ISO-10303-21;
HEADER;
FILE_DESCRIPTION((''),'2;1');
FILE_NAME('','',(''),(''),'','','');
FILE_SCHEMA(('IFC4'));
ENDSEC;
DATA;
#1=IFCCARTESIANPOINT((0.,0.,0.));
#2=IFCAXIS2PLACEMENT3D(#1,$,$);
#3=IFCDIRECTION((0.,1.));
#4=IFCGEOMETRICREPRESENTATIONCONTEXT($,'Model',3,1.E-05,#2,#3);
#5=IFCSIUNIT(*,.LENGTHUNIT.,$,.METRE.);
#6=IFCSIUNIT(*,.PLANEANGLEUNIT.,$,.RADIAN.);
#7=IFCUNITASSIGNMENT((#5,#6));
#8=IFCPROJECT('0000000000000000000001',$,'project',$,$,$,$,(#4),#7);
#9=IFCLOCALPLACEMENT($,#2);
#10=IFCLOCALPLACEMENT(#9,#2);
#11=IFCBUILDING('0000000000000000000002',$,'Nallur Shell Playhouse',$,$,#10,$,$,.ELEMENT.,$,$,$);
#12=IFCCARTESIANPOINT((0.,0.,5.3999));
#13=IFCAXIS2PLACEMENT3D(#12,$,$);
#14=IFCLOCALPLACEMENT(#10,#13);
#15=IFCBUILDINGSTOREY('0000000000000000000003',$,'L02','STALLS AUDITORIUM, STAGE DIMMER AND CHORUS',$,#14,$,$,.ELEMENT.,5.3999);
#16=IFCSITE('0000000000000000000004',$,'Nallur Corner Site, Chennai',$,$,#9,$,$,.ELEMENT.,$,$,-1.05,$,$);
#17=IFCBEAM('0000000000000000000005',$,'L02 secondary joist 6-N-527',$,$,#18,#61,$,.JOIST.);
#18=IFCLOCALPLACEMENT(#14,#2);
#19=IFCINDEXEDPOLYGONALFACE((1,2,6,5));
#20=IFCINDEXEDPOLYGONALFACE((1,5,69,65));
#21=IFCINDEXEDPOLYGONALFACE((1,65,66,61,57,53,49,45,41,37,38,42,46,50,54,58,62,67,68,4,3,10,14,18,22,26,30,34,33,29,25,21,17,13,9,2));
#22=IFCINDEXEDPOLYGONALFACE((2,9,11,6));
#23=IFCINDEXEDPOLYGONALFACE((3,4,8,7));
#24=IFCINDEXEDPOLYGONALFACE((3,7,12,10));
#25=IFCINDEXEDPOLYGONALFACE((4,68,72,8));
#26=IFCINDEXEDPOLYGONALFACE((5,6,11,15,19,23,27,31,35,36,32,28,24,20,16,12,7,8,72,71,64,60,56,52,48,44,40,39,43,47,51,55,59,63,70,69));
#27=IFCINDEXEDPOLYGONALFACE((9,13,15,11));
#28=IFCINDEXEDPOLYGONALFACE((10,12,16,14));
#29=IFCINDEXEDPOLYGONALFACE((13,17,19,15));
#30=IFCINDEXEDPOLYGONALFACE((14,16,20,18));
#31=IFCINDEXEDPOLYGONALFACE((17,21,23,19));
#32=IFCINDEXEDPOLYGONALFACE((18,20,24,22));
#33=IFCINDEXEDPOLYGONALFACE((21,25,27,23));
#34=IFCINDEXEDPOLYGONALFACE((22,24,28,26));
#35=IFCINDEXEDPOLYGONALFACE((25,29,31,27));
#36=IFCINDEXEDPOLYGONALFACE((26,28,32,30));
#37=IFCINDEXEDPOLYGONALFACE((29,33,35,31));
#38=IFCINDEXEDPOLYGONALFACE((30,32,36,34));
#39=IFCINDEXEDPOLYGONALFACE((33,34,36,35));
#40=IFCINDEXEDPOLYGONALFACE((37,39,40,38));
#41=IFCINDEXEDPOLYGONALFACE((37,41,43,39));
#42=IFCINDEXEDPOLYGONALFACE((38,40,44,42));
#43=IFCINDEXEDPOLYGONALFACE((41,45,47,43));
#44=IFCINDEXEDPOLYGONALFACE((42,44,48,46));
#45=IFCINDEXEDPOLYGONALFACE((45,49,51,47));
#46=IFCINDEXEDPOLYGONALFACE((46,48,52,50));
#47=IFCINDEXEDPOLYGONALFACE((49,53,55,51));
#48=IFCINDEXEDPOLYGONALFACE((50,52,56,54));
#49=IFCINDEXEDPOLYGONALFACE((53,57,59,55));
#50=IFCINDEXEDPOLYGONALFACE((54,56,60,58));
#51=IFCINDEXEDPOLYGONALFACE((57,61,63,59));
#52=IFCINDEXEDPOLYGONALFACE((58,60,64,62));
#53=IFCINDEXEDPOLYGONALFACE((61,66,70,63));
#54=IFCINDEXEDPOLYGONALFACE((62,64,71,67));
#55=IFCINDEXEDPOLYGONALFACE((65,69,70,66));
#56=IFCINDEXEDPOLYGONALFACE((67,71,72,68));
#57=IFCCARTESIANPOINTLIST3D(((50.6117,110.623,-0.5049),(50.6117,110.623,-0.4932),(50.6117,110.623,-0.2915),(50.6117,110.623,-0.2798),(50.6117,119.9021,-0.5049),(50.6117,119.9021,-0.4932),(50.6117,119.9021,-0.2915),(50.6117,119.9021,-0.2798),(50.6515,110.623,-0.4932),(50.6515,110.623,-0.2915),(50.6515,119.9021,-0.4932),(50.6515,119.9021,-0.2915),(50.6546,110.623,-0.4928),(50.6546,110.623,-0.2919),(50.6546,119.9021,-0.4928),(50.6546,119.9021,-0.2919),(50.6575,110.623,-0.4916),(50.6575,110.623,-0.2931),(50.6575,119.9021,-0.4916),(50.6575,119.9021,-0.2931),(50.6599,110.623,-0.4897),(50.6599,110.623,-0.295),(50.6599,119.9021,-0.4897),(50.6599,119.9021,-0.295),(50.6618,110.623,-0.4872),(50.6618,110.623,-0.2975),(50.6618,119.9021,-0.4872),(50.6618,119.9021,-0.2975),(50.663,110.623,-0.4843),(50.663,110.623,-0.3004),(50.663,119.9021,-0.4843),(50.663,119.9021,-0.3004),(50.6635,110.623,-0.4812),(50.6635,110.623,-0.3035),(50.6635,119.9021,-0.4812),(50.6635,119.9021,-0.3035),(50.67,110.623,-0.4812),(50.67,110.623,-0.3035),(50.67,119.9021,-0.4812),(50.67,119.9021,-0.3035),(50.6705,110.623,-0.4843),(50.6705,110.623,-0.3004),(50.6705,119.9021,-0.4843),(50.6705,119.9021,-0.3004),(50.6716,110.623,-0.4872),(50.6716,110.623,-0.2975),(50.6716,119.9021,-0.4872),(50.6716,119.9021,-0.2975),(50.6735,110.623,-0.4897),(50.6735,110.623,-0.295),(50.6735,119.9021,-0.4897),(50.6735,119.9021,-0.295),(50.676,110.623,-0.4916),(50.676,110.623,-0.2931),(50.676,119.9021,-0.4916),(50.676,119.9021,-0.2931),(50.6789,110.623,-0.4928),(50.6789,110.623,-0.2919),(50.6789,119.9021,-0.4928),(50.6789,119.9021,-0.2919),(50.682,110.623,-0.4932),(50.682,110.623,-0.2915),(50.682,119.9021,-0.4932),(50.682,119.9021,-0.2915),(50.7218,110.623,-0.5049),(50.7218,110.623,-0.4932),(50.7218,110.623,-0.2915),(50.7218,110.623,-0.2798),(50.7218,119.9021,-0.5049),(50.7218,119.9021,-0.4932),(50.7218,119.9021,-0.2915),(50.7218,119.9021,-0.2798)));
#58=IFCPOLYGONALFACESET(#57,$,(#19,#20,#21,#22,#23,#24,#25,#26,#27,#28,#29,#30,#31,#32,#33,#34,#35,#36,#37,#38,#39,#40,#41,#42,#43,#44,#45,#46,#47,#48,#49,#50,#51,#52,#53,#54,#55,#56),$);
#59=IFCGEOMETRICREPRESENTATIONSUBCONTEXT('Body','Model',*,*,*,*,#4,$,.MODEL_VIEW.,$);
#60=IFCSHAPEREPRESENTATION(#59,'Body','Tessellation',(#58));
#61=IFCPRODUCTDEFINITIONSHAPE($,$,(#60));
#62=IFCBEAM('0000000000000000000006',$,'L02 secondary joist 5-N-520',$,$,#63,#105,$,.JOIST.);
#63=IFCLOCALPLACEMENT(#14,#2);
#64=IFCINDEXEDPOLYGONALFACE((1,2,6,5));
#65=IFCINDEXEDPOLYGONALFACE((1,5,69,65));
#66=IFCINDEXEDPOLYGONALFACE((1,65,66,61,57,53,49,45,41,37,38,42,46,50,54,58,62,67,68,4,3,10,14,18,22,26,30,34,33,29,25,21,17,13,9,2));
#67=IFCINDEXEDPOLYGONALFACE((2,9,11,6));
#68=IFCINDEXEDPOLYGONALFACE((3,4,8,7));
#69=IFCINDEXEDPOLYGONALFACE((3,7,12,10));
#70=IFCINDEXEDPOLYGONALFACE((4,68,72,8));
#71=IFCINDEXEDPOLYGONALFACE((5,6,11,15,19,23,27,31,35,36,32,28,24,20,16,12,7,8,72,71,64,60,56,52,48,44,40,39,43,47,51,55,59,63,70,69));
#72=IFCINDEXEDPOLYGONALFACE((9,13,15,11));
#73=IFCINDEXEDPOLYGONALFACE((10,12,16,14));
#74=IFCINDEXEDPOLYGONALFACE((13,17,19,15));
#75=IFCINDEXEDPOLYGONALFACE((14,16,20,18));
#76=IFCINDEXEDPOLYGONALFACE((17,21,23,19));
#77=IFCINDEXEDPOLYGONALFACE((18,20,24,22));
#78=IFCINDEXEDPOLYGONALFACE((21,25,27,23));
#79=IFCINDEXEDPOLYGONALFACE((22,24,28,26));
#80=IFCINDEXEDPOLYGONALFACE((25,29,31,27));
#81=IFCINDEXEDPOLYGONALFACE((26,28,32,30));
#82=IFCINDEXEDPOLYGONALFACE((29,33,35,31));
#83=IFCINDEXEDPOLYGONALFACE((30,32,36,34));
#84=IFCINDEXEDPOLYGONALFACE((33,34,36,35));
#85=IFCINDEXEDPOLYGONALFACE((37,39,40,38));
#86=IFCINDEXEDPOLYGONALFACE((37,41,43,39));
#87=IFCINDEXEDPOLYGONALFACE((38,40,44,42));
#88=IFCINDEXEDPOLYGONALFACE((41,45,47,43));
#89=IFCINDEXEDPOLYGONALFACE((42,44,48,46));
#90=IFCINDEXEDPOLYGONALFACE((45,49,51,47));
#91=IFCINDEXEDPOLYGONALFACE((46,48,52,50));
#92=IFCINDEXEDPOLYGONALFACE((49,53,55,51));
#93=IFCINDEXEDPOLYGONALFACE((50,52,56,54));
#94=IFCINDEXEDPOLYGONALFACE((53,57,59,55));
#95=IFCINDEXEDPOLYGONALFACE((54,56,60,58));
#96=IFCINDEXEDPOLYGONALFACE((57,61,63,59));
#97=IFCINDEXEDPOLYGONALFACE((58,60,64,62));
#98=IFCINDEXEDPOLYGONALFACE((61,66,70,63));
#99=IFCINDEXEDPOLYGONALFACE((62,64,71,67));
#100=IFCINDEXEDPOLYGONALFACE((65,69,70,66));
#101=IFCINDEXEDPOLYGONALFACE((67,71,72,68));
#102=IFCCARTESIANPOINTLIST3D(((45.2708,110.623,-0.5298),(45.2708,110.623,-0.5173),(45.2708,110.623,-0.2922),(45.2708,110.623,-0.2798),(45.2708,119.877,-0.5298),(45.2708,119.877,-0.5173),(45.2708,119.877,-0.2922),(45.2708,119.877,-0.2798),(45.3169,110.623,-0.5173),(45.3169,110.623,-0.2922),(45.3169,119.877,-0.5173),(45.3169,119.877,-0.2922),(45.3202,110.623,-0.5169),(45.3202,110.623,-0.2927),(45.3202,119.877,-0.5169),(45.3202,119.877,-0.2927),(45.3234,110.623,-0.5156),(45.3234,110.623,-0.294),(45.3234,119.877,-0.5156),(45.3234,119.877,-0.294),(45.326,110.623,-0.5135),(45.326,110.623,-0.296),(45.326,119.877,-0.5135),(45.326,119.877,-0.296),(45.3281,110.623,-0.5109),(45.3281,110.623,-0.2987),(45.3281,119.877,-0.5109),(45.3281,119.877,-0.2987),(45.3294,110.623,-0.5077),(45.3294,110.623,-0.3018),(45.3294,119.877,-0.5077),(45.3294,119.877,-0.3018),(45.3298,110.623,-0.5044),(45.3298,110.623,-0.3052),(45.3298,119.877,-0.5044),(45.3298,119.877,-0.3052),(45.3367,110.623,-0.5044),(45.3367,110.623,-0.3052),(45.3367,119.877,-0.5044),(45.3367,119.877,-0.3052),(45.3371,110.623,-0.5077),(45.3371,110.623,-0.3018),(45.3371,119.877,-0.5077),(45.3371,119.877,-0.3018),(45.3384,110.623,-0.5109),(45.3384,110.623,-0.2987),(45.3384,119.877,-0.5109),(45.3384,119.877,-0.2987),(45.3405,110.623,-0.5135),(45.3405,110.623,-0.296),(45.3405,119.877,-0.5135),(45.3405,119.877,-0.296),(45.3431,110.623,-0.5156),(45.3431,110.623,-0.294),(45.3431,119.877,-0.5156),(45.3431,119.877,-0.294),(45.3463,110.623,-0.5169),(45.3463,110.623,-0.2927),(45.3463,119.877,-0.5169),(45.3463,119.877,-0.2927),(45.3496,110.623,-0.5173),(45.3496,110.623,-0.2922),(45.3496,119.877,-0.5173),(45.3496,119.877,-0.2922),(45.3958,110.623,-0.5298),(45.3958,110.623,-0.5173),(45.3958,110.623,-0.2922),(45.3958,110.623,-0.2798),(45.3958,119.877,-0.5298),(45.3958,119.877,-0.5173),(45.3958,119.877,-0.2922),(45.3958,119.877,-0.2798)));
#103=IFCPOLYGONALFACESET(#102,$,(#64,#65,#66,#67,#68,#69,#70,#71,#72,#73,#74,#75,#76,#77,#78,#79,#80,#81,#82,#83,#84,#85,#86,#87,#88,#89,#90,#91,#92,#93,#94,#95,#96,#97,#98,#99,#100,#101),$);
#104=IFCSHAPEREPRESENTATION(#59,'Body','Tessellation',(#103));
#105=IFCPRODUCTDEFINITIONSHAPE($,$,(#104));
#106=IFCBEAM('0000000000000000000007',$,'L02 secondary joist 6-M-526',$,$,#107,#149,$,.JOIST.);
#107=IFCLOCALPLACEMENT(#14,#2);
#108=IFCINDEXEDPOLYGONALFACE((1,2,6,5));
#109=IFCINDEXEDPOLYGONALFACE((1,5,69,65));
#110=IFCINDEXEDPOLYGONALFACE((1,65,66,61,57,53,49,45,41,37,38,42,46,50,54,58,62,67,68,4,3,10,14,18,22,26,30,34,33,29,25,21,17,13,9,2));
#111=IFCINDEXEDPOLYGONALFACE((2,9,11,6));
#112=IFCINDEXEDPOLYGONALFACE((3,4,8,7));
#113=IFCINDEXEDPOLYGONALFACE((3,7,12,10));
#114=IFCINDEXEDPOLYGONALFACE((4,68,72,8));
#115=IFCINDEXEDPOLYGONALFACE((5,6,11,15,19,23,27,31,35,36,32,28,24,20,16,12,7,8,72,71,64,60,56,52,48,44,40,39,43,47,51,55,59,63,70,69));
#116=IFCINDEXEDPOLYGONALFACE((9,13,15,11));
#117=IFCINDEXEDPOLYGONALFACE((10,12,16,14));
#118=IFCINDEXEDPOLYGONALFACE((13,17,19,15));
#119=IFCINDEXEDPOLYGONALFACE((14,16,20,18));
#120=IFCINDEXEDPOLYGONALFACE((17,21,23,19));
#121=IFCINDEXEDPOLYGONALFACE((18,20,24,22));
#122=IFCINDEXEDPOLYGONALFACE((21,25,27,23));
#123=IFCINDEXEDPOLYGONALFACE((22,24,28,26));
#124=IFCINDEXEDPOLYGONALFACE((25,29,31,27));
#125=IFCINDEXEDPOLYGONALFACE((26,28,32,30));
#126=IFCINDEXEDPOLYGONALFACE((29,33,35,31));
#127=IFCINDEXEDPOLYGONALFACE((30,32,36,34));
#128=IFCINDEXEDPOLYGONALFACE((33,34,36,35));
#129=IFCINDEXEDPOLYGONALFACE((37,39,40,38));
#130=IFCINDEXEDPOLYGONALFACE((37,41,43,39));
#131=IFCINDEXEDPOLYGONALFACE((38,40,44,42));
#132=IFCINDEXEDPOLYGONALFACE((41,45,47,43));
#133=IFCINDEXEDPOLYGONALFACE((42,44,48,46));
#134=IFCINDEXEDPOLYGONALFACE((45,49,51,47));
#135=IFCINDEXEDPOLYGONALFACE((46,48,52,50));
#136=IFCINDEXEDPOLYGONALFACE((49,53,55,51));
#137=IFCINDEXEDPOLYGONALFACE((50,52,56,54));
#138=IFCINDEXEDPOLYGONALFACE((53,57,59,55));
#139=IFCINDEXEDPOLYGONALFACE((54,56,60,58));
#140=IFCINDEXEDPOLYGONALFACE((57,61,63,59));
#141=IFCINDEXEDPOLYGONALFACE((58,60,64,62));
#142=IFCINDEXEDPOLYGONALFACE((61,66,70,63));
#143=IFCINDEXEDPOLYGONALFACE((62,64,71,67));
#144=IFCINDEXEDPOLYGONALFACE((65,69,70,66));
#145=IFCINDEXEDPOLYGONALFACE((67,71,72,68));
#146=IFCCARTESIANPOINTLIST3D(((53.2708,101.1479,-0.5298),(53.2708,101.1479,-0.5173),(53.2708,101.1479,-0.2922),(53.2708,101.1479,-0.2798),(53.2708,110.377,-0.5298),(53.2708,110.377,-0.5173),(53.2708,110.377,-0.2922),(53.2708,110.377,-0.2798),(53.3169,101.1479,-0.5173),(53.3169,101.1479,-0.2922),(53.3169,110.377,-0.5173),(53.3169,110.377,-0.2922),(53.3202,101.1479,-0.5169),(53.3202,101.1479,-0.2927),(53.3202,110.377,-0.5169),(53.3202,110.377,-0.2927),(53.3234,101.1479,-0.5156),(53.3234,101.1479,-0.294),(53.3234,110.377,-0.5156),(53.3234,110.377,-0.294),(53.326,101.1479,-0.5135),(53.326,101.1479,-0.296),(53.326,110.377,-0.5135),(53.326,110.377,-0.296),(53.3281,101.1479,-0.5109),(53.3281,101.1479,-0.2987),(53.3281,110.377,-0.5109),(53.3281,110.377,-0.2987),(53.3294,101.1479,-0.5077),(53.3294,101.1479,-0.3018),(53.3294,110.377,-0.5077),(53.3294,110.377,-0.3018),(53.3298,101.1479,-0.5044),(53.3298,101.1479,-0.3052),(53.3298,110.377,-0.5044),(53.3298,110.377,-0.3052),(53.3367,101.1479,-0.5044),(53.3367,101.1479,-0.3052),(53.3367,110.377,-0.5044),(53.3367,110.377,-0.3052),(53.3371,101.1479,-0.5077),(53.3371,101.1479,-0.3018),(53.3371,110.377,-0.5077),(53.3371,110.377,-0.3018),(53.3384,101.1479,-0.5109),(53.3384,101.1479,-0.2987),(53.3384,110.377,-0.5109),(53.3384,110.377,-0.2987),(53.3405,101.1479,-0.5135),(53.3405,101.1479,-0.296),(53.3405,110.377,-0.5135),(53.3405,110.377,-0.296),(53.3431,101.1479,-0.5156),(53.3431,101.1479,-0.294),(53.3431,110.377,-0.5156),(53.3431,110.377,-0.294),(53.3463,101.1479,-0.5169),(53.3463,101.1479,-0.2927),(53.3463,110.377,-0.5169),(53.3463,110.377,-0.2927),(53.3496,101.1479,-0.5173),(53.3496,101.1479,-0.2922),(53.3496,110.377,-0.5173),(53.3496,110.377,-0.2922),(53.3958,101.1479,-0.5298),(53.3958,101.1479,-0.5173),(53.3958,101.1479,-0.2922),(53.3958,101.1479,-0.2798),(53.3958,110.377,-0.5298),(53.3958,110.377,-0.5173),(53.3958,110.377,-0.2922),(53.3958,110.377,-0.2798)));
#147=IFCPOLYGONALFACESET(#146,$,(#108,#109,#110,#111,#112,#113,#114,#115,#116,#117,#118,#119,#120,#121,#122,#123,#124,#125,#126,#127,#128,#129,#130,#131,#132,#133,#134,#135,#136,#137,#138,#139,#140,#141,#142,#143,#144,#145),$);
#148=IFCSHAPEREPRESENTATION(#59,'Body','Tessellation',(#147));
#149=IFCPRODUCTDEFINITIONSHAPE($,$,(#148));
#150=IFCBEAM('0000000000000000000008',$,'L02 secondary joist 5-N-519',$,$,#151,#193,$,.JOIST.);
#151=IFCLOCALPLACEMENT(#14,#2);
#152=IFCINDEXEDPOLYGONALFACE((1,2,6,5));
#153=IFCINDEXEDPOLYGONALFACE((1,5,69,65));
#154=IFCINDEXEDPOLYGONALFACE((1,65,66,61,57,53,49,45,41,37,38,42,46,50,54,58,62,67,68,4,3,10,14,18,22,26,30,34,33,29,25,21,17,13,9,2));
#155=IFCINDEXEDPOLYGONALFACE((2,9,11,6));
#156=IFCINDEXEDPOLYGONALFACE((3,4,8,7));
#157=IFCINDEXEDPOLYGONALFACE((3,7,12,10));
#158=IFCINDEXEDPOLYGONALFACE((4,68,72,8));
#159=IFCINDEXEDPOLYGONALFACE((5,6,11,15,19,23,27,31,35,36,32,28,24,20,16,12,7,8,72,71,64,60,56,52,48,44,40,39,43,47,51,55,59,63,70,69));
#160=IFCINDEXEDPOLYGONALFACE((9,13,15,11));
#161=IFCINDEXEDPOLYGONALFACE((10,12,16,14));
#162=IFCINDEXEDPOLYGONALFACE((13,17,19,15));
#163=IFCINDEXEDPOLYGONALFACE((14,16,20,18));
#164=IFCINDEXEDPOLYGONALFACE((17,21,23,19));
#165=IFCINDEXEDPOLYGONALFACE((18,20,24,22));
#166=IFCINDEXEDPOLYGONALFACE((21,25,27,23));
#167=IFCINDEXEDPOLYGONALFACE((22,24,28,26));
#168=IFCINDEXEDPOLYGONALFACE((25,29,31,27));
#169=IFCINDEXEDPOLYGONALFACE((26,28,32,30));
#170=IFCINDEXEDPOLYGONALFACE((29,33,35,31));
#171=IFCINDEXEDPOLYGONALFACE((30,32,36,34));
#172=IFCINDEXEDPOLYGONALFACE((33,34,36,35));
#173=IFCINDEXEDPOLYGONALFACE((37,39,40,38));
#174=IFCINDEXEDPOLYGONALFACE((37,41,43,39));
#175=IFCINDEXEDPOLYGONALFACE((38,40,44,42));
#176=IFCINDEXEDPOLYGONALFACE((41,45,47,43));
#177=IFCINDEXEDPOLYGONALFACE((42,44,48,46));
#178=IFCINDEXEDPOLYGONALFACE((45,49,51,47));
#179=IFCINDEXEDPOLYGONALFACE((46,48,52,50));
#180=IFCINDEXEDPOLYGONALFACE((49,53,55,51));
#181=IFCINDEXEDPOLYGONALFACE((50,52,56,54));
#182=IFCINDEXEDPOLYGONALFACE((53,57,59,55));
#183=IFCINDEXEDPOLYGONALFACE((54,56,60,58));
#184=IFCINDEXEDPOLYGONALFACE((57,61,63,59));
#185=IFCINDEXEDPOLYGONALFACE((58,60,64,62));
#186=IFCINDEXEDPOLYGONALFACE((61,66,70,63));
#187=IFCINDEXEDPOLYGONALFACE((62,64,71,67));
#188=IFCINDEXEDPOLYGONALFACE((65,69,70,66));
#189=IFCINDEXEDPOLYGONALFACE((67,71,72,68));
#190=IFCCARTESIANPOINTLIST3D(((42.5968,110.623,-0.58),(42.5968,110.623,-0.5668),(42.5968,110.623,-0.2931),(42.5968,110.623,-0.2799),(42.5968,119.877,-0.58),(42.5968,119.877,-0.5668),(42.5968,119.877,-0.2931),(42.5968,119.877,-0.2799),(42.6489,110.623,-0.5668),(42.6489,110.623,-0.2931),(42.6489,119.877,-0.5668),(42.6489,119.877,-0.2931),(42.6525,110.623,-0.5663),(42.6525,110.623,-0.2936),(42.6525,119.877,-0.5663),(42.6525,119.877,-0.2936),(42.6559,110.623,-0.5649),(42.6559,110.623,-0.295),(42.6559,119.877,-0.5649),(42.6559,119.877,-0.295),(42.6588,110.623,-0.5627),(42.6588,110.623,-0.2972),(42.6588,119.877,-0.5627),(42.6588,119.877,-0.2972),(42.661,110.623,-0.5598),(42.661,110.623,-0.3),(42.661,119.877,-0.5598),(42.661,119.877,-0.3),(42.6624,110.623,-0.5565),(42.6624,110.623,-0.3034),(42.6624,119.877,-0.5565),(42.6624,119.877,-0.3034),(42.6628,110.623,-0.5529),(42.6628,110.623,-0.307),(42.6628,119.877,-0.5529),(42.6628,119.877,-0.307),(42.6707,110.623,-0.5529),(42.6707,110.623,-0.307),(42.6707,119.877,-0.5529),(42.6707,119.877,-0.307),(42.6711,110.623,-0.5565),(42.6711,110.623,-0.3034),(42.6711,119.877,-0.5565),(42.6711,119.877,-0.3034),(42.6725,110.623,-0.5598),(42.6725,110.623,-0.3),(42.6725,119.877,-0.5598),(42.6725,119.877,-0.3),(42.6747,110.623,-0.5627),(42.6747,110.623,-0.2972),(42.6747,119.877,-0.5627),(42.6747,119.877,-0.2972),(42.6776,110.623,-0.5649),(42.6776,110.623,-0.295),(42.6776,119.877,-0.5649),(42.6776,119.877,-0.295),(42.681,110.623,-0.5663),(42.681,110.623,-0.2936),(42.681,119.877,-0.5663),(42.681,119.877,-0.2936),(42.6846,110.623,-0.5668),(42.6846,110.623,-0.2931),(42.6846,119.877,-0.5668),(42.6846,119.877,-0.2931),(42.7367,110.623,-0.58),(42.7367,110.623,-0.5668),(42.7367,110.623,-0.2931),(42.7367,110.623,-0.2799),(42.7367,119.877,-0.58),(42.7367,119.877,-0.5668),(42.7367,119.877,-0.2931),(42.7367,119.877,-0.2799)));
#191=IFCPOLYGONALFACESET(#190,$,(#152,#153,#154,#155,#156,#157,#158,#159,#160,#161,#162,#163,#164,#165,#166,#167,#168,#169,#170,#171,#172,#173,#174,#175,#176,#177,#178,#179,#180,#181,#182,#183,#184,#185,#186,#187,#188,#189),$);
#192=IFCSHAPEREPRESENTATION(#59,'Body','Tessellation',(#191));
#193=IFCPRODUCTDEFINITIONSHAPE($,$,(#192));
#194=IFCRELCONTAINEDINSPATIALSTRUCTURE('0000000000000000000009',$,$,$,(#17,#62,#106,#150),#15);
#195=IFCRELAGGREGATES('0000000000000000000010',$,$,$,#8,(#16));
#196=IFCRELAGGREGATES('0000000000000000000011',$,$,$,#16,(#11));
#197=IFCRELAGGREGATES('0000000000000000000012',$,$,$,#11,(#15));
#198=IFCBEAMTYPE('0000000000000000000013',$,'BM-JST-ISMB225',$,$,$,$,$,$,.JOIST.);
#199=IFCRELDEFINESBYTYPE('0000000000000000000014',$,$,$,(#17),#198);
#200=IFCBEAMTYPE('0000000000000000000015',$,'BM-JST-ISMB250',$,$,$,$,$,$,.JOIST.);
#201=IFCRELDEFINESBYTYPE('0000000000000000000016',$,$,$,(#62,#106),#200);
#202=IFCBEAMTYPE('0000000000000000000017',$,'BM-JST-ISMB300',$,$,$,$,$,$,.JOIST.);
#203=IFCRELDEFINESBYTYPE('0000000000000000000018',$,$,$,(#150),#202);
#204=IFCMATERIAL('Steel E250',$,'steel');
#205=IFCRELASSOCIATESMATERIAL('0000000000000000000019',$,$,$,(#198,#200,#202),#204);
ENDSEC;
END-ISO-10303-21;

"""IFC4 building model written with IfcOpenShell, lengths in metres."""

from ifc_helpers import new_model, si_unit, direction, frame, origin, origin_2d, place, context, subcontext, project, spatial, i_section, extrude, material, material_profile, profile_set, type_object, element, save


model = new_model("IFC4")

# Units and contexts
model_context = context("Model", 3, precision=1e-05, world=origin(), true_north=direction((0.0, 1.0)))
body_context = subcontext(model_context, "Body", "Model", "MODEL_VIEW")
ifc_project = project(units=[si_unit("LENGTHUNIT", "METRE"), si_unit("PLANEANGLEUNIT", "RADIAN")], contexts=[model_context])

# Site, building, storey
site_placement = place(None, origin())
site = spatial("IfcSite", under=ifc_project, at=site_placement, Name="Nallur Corner Site, Chennai", CompositionType="ELEMENT", RefElevation=-1.05)
building_placement = place(site_placement, origin())
building = spatial("IfcBuilding", under=site, at=building_placement, Name="Nallur Shell Playhouse", CompositionType="ELEMENT")
storey_placement = place(building_placement, frame((0.0, 0.0, 5.3999)))
storey = spatial("IfcBuildingStorey", under=building, at=storey_placement, Name="L02", Description="STALLS AUDITORIUM, STAGE DIMMER AND CHORUS", CompositionType="ELEMENT", Elevation=5.3999)

# Beams
ifc_material_1 = material(Name="Steel E250", Category="steel")
ifc_material_profile_1 = material_profile(ifc_material_1, i_section(OverallWidth=0.1101, OverallDepth=0.2251, WebThickness=0.0066, FlangeThickness=0.0117, FilletRadius=0.012, at=origin_2d()), Name="ISMB 225")
ifc_profile_set_1 = profile_set([ifc_material_profile_1], Name="Steel E250")
beam_type_1 = type_object("IfcBeamType", Name="BM-JST-ISMB225", PredefinedType="JOIST", material=ifc_profile_set_1)
beam_1_placement = place(storey_placement, frame((50.6667, 110.623, -0.3923), z_axis=(0.0, 1.0, 0.0), x_axis=(-1.0, 0.0, 0.0)))
element("IfcBeam", 1, at=beam_1_placement, inside=storey, type_object=beam_type_1, Name="L02 secondary joist 6-N-527", PredefinedType="JOIST", context=body_context, shape_type="SweptSolid", body=[
    extrude(i_section(OverallWidth=0.1101, OverallDepth=0.2251, WebThickness=0.0066, FlangeThickness=0.0117, FilletRadius=0.012, at=origin_2d()), origin(), (0.0, 0.0, 1.0), 9.2791),
])
ifc_material_profile_2 = material_profile(ifc_material_1, i_section(OverallWidth=0.125, OverallDepth=0.25, WebThickness=0.0068, FlangeThickness=0.0125, FilletRadius=0.0129, at=origin_2d()), Name="ISMB 250")
ifc_profile_set_2 = profile_set([ifc_material_profile_2], Name="Steel E250")
beam_type_2 = type_object("IfcBeamType", Name="BM-JST-ISMB250", PredefinedType="JOIST", material=ifc_profile_set_2)
beam_2_placement = place(storey_placement, frame((45.3333, 110.623, -0.4048), z_axis=(0.0, 1.0, 0.0), x_axis=(-1.0, 0.0, 0.0)))
element("IfcBeam", 2, at=beam_2_placement, inside=storey, type_object=beam_type_2, Name="L02 secondary joist 5-N-520", PredefinedType="JOIST", context=body_context, shape_type="SweptSolid", body=[
    extrude(i_section(OverallWidth=0.125, OverallDepth=0.25, WebThickness=0.0068, FlangeThickness=0.0125, FilletRadius=0.0129, at=origin_2d()), origin(), (0.0, 0.0, 1.0), 9.2539),
])
beam_3_placement = place(storey_placement, frame((53.3333, 101.1479, -0.4048), z_axis=(0.0, 1.0, 0.0), x_axis=(-1.0, 0.0, 0.0)))
element("IfcBeam", 3, at=beam_3_placement, inside=storey, type_object=beam_type_2, Name="L02 secondary joist 6-M-526", PredefinedType="JOIST", context=body_context, shape_type="SweptSolid", body=[
    extrude(i_section(OverallWidth=0.125, OverallDepth=0.25, WebThickness=0.0068, FlangeThickness=0.0125, FilletRadius=0.0129, at=origin_2d()), origin(), (0.0, 0.0, 1.0), 9.229),
])
ifc_material_profile_3 = material_profile(ifc_material_1, i_section(OverallWidth=0.1399, OverallDepth=0.3, WebThickness=0.0078, FlangeThickness=0.0132, FilletRadius=0.0139, at=origin_2d()), Name="ISMB 300")
ifc_profile_set_3 = profile_set([ifc_material_profile_3], Name="Steel E250")
beam_type_3 = type_object("IfcBeamType", Name="BM-JST-ISMB300", PredefinedType="JOIST", material=ifc_profile_set_3)
beam_4_placement = place(storey_placement, frame((42.6667, 110.623, -0.4299), z_axis=(0.0, 1.0, 0.0), x_axis=(-1.0, 0.0, 0.0)))
element("IfcBeam", 4, at=beam_4_placement, inside=storey, type_object=beam_type_3, Name="L02 secondary joist 5-N-519", PredefinedType="JOIST", context=body_context, shape_type="SweptSolid", body=[
    extrude(i_section(OverallWidth=0.1399, OverallDepth=0.3, WebThickness=0.0078, FlangeThickness=0.0132, FilletRadius=0.0139, at=origin_2d()), origin(), (0.0, 0.0, 1.0), 9.2539),
])

save(model, "model.ifc")
